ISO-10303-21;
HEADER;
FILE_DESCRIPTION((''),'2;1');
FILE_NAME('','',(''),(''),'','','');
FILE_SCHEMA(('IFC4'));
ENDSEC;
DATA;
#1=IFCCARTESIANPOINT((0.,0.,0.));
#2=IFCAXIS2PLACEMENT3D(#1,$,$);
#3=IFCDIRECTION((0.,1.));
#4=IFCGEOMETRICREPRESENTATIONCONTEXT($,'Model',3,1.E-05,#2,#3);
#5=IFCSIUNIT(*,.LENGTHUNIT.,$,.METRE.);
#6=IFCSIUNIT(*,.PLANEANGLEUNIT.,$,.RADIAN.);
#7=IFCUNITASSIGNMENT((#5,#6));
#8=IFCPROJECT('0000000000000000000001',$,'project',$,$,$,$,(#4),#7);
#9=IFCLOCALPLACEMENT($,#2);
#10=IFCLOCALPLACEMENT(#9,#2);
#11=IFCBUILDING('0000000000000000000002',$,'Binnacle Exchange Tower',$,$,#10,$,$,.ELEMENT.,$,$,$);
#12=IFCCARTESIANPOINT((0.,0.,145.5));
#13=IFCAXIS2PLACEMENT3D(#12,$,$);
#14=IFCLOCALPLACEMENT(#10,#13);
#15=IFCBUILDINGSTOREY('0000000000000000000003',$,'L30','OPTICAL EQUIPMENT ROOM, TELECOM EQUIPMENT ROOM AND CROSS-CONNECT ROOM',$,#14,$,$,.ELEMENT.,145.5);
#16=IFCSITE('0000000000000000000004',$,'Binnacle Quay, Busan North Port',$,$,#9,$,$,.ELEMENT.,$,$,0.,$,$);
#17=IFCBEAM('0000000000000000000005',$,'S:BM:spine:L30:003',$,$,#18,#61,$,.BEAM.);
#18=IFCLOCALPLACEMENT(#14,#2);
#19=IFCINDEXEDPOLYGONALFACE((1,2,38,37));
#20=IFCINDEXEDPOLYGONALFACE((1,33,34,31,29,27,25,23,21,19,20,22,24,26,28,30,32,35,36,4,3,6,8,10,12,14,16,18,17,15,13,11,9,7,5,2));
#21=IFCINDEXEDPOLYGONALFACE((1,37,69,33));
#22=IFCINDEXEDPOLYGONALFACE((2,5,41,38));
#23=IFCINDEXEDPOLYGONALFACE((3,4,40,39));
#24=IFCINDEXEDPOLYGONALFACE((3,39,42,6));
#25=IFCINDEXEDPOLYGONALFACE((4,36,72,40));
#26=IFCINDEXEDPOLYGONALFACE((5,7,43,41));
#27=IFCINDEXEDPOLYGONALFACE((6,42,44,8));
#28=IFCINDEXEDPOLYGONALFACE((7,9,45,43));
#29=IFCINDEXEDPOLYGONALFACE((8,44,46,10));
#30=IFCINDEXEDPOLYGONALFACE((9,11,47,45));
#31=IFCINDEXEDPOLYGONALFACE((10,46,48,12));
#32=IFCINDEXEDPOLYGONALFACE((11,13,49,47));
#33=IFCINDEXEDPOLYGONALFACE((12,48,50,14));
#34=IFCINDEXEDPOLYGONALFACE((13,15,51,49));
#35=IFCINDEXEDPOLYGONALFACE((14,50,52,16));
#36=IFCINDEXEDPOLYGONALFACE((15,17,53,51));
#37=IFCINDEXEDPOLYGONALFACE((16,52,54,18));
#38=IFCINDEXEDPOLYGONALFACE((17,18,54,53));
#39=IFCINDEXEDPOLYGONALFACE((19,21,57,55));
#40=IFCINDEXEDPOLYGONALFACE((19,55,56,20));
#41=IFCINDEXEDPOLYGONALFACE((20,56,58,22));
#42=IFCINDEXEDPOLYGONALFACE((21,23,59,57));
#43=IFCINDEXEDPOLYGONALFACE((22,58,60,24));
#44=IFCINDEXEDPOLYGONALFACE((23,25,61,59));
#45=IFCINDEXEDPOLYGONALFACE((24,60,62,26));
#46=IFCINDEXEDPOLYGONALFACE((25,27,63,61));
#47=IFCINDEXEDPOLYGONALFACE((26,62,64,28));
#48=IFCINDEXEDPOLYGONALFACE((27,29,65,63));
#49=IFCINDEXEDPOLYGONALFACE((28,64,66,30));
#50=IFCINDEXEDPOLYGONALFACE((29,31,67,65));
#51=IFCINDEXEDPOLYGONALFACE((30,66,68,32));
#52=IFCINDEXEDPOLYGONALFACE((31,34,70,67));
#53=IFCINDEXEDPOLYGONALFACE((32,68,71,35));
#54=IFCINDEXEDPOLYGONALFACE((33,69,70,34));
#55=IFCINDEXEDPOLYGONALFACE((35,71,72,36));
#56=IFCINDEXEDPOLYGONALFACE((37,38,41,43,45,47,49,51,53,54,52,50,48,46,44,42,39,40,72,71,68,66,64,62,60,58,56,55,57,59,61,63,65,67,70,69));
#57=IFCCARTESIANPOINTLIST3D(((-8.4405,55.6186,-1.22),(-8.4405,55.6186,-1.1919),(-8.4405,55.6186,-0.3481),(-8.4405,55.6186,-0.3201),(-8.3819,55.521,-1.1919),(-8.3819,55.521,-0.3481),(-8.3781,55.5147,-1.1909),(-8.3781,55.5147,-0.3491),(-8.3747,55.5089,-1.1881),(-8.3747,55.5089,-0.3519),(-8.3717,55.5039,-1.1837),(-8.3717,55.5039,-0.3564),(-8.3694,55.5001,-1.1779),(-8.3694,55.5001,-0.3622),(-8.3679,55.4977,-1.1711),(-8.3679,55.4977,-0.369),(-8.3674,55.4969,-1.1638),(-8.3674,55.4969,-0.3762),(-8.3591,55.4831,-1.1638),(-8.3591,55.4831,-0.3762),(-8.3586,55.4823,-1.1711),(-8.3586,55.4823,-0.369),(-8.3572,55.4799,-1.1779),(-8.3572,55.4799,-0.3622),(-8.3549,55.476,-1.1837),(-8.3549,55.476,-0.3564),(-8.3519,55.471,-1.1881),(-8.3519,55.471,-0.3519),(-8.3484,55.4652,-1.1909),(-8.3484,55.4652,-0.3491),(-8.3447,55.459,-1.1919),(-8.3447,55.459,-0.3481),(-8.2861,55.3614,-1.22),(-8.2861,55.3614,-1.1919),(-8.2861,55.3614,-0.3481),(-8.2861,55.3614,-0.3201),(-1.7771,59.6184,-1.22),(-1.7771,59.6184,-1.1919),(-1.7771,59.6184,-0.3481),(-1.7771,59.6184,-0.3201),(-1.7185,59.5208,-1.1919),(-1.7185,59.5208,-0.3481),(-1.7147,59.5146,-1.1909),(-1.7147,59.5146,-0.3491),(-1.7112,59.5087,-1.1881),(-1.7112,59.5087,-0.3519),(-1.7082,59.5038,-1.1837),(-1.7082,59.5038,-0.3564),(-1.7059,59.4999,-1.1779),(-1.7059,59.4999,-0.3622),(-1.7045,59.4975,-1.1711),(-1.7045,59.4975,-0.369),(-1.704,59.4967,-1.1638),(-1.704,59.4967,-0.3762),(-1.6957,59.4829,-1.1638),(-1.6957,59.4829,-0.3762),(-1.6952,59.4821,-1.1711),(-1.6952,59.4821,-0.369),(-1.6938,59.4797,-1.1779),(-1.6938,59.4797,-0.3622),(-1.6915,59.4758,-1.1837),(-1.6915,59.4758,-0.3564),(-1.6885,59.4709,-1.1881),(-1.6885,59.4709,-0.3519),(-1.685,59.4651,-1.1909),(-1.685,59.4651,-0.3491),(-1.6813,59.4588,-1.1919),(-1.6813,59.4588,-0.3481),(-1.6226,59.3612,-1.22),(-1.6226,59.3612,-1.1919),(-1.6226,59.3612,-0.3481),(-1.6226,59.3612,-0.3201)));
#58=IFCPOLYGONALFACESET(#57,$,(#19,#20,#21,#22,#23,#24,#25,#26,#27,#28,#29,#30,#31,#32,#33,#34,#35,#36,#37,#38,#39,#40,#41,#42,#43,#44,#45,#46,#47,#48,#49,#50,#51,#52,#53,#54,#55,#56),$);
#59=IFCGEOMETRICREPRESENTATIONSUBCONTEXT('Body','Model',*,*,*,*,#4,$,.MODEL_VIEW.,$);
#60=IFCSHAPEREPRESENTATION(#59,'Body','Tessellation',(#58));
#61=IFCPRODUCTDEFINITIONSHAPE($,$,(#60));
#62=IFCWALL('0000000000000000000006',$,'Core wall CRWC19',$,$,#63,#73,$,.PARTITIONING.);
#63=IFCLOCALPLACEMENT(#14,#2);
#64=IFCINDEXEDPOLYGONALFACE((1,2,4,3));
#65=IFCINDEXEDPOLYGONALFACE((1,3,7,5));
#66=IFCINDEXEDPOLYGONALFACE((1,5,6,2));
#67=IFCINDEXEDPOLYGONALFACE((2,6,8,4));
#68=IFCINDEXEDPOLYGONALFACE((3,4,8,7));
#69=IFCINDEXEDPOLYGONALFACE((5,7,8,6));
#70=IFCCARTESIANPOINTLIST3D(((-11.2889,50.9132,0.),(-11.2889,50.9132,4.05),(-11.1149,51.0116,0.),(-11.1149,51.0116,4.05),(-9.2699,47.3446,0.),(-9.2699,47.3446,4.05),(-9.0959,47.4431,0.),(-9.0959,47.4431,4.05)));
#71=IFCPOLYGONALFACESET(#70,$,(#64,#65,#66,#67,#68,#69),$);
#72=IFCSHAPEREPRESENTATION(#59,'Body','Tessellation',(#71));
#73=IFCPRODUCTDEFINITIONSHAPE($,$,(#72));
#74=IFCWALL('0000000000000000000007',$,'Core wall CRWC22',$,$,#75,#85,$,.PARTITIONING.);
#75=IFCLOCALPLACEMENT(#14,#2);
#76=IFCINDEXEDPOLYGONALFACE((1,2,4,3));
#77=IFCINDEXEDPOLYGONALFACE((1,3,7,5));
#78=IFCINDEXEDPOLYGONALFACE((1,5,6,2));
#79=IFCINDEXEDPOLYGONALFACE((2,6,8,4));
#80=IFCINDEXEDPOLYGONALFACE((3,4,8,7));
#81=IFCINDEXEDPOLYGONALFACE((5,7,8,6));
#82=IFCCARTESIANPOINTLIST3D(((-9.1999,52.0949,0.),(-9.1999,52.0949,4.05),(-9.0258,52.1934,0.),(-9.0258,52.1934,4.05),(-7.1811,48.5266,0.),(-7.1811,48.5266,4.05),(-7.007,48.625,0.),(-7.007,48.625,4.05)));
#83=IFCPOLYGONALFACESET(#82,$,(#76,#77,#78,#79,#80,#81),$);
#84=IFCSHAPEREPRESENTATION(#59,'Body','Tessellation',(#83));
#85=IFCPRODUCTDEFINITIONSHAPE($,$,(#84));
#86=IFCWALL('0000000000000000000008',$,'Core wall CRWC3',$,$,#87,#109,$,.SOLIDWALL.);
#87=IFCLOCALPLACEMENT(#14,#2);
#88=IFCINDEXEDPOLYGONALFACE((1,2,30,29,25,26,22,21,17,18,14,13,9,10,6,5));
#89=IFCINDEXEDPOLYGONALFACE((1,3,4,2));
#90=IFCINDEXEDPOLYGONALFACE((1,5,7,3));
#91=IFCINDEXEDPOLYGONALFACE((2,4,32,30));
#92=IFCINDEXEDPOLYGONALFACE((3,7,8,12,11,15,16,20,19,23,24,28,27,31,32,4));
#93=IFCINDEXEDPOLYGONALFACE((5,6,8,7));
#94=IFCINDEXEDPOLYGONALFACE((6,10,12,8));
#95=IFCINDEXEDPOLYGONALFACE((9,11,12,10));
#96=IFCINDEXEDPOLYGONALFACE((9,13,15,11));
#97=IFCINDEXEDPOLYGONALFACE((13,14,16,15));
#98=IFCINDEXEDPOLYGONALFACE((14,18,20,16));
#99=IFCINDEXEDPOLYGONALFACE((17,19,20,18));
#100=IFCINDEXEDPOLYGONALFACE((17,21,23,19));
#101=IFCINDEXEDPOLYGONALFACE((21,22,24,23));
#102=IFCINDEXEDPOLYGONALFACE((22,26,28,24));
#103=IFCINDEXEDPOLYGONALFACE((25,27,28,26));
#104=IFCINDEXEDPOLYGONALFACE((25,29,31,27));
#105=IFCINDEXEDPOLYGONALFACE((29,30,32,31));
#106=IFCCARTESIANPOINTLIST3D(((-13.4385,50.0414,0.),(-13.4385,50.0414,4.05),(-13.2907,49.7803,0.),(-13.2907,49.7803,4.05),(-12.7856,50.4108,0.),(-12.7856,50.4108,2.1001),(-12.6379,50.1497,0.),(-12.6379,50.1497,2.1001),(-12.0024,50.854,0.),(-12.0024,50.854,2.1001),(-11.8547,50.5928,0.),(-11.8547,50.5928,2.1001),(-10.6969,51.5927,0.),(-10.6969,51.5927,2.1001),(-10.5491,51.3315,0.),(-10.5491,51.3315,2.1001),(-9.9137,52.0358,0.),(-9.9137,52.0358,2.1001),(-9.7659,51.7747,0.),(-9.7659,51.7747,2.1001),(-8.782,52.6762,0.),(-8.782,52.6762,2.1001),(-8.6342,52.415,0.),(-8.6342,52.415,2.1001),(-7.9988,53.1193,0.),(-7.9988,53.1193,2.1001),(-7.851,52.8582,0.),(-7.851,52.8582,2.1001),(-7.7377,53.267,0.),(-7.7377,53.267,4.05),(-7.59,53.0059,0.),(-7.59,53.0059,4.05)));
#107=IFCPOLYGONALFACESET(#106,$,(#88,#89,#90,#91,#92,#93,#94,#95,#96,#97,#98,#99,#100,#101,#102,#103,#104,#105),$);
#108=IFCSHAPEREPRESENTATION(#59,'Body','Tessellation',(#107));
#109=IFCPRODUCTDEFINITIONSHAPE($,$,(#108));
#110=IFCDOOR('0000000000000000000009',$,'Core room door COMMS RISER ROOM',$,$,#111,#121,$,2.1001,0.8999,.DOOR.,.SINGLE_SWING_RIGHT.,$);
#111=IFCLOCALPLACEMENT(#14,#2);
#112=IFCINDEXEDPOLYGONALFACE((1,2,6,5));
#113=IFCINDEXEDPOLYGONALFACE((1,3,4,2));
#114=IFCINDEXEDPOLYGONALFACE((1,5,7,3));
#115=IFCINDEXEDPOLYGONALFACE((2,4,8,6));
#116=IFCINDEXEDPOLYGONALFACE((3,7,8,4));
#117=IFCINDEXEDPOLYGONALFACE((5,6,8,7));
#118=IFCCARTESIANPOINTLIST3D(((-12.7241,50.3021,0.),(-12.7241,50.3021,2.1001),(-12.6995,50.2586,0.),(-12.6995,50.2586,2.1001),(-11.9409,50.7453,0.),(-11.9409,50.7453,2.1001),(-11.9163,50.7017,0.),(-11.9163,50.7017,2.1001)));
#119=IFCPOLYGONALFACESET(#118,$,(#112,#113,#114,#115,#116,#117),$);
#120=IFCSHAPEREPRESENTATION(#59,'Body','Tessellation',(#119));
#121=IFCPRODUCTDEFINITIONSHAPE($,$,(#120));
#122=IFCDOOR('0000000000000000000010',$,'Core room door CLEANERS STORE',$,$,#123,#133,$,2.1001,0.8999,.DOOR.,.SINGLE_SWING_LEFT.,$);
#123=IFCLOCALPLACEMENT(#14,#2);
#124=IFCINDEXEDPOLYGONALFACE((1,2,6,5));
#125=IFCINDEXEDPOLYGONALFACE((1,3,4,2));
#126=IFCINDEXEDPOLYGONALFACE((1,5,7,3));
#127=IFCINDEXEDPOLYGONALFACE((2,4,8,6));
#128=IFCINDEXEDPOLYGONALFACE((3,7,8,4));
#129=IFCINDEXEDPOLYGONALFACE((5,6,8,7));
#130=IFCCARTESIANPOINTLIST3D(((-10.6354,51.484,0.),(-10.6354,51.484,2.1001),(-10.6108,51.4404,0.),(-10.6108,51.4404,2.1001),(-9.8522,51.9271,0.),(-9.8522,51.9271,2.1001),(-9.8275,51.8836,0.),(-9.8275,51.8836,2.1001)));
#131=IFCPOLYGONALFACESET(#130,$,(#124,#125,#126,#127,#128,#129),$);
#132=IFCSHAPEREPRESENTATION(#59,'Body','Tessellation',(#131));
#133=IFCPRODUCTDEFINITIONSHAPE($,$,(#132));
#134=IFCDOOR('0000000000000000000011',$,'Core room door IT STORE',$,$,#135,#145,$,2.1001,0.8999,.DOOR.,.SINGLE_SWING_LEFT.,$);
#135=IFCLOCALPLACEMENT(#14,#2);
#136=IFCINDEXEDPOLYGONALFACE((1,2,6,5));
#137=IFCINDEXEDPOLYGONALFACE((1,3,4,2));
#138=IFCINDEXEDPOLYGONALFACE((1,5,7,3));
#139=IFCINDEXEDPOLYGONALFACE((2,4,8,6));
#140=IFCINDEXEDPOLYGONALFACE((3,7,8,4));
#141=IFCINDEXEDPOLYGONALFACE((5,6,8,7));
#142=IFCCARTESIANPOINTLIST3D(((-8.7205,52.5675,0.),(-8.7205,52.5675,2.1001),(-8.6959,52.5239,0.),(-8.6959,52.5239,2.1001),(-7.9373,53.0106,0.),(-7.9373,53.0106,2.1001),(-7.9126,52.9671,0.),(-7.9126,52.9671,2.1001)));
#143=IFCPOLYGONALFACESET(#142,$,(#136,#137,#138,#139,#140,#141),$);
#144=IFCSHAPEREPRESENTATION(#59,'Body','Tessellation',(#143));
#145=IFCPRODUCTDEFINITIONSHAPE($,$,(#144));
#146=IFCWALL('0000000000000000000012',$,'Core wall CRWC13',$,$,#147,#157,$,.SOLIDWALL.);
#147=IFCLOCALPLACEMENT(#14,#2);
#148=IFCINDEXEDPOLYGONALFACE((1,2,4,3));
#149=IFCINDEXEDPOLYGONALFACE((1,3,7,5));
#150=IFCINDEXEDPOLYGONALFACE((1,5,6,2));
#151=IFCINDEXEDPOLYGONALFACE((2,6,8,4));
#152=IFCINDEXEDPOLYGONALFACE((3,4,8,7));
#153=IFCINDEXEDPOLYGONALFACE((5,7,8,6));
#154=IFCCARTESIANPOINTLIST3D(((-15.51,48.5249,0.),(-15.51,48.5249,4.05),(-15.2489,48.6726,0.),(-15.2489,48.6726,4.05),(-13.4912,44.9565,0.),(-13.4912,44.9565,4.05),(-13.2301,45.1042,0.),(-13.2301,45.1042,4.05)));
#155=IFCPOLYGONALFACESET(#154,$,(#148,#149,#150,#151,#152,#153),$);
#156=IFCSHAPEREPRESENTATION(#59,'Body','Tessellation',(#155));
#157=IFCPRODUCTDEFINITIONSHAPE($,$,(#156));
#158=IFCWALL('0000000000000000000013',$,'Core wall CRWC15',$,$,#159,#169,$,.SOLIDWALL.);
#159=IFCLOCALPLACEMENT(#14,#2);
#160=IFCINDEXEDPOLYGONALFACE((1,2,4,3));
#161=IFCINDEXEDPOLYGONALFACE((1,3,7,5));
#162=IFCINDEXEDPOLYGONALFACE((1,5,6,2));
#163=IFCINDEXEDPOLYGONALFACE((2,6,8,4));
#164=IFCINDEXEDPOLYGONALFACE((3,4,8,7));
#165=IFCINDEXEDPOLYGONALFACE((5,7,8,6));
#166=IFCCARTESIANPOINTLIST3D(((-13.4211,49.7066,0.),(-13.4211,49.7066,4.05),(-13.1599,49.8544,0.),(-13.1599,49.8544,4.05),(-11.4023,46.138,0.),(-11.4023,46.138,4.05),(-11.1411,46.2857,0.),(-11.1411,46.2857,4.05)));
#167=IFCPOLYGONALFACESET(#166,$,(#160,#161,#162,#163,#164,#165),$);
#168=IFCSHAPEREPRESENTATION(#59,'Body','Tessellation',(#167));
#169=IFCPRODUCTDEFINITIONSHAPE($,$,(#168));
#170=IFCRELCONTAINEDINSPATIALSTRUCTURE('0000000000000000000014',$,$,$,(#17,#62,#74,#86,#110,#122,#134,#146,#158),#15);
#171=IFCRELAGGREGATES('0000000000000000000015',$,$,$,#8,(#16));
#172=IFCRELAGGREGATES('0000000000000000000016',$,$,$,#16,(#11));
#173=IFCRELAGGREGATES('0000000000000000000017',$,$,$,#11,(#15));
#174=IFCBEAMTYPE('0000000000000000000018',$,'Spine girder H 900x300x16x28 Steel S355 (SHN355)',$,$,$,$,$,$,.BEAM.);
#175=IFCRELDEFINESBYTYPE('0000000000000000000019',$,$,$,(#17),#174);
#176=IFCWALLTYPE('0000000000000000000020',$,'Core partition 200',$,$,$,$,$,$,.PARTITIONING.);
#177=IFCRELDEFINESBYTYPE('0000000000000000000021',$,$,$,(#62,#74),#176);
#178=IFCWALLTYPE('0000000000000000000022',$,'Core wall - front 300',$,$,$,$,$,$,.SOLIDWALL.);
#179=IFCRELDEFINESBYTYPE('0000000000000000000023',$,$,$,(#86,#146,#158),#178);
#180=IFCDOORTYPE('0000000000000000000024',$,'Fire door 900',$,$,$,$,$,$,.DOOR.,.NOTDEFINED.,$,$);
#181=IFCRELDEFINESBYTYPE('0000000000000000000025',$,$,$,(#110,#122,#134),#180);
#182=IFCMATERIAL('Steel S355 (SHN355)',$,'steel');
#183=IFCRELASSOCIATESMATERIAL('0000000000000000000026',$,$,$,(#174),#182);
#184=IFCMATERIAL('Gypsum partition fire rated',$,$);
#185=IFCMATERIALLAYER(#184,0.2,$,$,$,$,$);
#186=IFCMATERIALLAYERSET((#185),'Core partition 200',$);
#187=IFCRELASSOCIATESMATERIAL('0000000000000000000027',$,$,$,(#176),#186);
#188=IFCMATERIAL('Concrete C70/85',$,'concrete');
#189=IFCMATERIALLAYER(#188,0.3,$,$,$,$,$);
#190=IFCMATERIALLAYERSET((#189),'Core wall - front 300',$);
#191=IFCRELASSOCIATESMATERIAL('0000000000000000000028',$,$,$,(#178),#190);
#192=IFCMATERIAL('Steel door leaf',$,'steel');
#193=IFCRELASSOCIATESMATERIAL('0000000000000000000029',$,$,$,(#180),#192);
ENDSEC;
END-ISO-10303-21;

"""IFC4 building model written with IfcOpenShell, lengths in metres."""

from ifc_helpers import new_model, si_unit, direction, frame, frame_2d, origin, origin_2d, place, context, subcontext, project, spatial, rectangle, i_section, extrude, material, layer, layer_set, material_profile, profile_set, type_object, element, fill, save


model = new_model("IFC4")

# Units and contexts
model_context = context("Model", 3, precision=1e-05, world=origin(), true_north=direction((0.0, 1.0)))
body_context = subcontext(model_context, "Body", "Model", "MODEL_VIEW")
ifc_project = project(units=[si_unit("LENGTHUNIT", "METRE"), si_unit("PLANEANGLEUNIT", "RADIAN")], contexts=[model_context])

# Site, building, storey
site_placement = place(None, origin())
site = spatial("IfcSite", under=ifc_project, at=site_placement, Name="Binnacle Quay, Busan North Port", CompositionType="ELEMENT", RefElevation=0.0)
building_placement = place(site_placement, origin())
building = spatial("IfcBuilding", under=site, at=building_placement, Name="Binnacle Exchange Tower", CompositionType="ELEMENT")
storey_placement = place(building_placement, frame((0.0, 0.0, 145.5)))
storey = spatial("IfcBuildingStorey", under=building, at=storey_placement, Name="L30", Description="OPTICAL EQUIPMENT ROOM, TELECOM EQUIPMENT ROOM AND CROSS-CONNECT ROOM", CompositionType="ELEMENT", Elevation=145.5)

# Shared definitions
ifc_material_1 = material(Name="Concrete C70/85", Category="concrete")

# Beam
ifc_material_2 = material(Name="Steel S355 (SHN355)", Category="steel")
ifc_material_profile_1 = material_profile(ifc_material_2, i_section(OverallWidth=0.3, OverallDepth=0.8999, WebThickness=0.0161, FlangeThickness=0.0281, FilletRadius=0.0281, at=origin_2d()), Name="H 900x300x16x28")
ifc_profile_set_1 = profile_set([ifc_material_profile_1], Name="Steel S355 (SHN355)")
beam_type_1 = type_object("IfcBeamType", Name="Spine girder H 900x300x16x28 Steel S355 (SHN355)", PredefinedType="BEAM", material=ifc_profile_set_1)
beam_1_placement = place(storey_placement, frame((-8.3633, 55.49, -0.77), z_axis=(0.857393, 0.514662, 0.0), x_axis=(-0.514662, 0.857393, 0.0)))
element("IfcBeam", 1, at=beam_1_placement, inside=storey, type_object=beam_type_1, Name="S:BM:spine:L30:003", PredefinedType="BEAM", context=body_context, shape_type="SweptSolid", body=[
    extrude(i_section(OverallWidth=0.3, OverallDepth=0.8999, WebThickness=0.0161, FlangeThickness=0.0281, FilletRadius=0.0281, at=origin_2d()), origin(), (0.0, 0.0, 1.0), 7.7717),
])

# Walls
ifc_material_3 = material(Name="Gypsum partition fire rated")
ifc_layer_1 = layer(ifc_material_3, 0.2)
ifc_layer_set_1 = layer_set([ifc_layer_1], Name="Core partition 200")
wall_type_1 = type_object("IfcWallType", Name="Core partition 200", PredefinedType="PARTITIONING", material=ifc_layer_set_1)
wall_1_placement = place(storey_placement, frame((-11.2019, 50.9624, 0.0), z_axis=(0.0, 0.0, 1.0), x_axis=(0.492428, -0.870353, 0.0)))
element("IfcWall", 2, at=wall_1_placement, inside=storey, type_object=wall_type_1, Name="Core wall CRWC19", PredefinedType="PARTITIONING", context=body_context, shape_type="SweptSolid", body=[
    extrude(rectangle(XDim=4.1001, YDim=0.2, at=frame_2d((2.05, 0.0))), origin(), (0.0, 0.0, 1.0), 4.05),
])
wall_2_placement = place(storey_placement, frame((-9.1128, 52.144, 0.0), z_axis=(0.0, 0.0, 1.0), x_axis=(0.492408, -0.870364, 0.0)))
element("IfcWall", 3, at=wall_2_placement, inside=storey, type_object=wall_type_1, Name="Core wall CRWC22", PredefinedType="PARTITIONING", context=body_context, shape_type="SweptSolid", body=[
    extrude(rectangle(XDim=4.0999, YDim=0.2, at=frame_2d((2.0498, 0.0))), origin(), (0.0, 0.0, 1.0), 4.05),
])

# Wall, openings, doors
ifc_layer_2 = layer(ifc_material_1, 0.3)
ifc_layer_set_2 = layer_set([ifc_layer_2], Name="Core wall - front 300")
wall_type_2 = type_object("IfcWallType", Name="Core wall - front 300", PredefinedType="SOLIDWALL", material=ifc_layer_set_2)
wall_3_placement = place(storey_placement, frame((-13.3645, 49.9109, 0.0), z_axis=(0.0, 0.0, 1.0), x_axis=(0.870336, 0.492458, 0.0)))
wall_3 = element("IfcWall", 4, at=wall_3_placement, inside=storey, type_object=wall_type_2, Name="Core wall CRWC3", PredefinedType="SOLIDWALL", context=body_context, shape_type="SweptSolid", body=[
    extrude(rectangle(XDim=6.55, YDim=0.3, at=frame_2d((3.2749, 0.0))), origin(), (0.0, 0.0, 1.0), 4.05),
])
opening_1_placement = place(wall_3_placement, frame((0.75, 0.0, 0.0)))
opening_1 = element("IfcOpeningElement", 5, at=opening_1_placement, cuts=wall_3, PredefinedType="OPENING", context=body_context, shape_type="SweptSolid", body=[
    extrude(rectangle(XDim=0.8999, YDim=2.1001, at=frame_2d((0.45, 1.05))), frame((0.0, 0.1599, 0.0), z_axis=(0.0, -1.0, 0.0), x_axis=(1.0, 0.0, 0.0)), (0.0, 0.0, 1.0), 0.3201),
])
opening_2_placement = place(wall_3_placement, frame((3.1499, 0.0, 0.0)))
opening_2 = element("IfcOpeningElement", 6, at=opening_2_placement, cuts=wall_3, PredefinedType="OPENING", context=body_context, shape_type="SweptSolid", body=[
    extrude(rectangle(XDim=0.8999, YDim=2.1001, at=frame_2d((0.45, 1.05))), frame((0.0, 0.1599, 0.0), z_axis=(0.0, -1.0, 0.0), x_axis=(1.0, 0.0, 0.0)), (0.0, 0.0, 1.0), 0.3201),
])
opening_3_placement = place(wall_3_placement, frame((5.3501, 0.0, 0.0)))
opening_3 = element("IfcOpeningElement", 7, at=opening_3_placement, cuts=wall_3, PredefinedType="OPENING", context=body_context, shape_type="SweptSolid", body=[
    extrude(rectangle(XDim=0.8999, YDim=2.1001, at=frame_2d((0.45, 1.05))), frame((0.0, 0.1599, 0.0), z_axis=(0.0, -1.0, 0.0), x_axis=(1.0, 0.0, 0.0)), (0.0, 0.0, 1.0), 0.3201),
])
ifc_material_4 = material(Name="Steel door leaf", Category="steel")
door_type_1 = type_object("IfcDoorType", Name="Fire door 900", OperationType="NOTDEFINED", PredefinedType="DOOR", material=ifc_material_4)
door_1_placement = place(opening_1_placement, frame((0.8999, 0.0, 0.0), z_axis=(0.0, 0.0, 1.0), x_axis=(-1.0, 0.0, 0.0)))
door_1 = element("IfcDoor", 8, at=door_1_placement, inside=storey, type_object=door_type_1, Name="Core room door COMMS RISER ROOM", OperationType="SINGLE_SWING_RIGHT", OverallHeight=2.1001, OverallWidth=0.8999, PredefinedType="DOOR", context=body_context, shape_type="SweptSolid", body=[
    extrude(rectangle(XDim=0.8999, YDim=2.1001, at=frame_2d((0.45, 1.05))), frame((0.0, 0.0249, 0.0), z_axis=(0.0, -1.0, 0.0), x_axis=(1.0, 0.0, 0.0)), (0.0, 0.0, 1.0), 0.05),
])
fill(opening_1, door_1)
door_2_placement = place(opening_2_placement, frame((0.8999, 0.0, 0.0), z_axis=(0.0, 0.0, 1.0), x_axis=(-1.0, 0.0, 0.0)))
door_2 = element("IfcDoor", 9, at=door_2_placement, inside=storey, type_object=door_type_1, Name="Core room door CLEANERS STORE", OperationType="SINGLE_SWING_LEFT", OverallHeight=2.1001, OverallWidth=0.8999, PredefinedType="DOOR", context=body_context, shape_type="SweptSolid", body=[
    extrude(rectangle(XDim=0.8999, YDim=2.1001, at=frame_2d((0.45, 1.05))), frame((0.0, 0.0249, 0.0), z_axis=(0.0, -1.0, 0.0), x_axis=(1.0, 0.0, 0.0)), (0.0, 0.0, 1.0), 0.05),
])
fill(opening_2, door_2)
door_3_placement = place(opening_3_placement, frame((0.8999, 0.0, 0.0), z_axis=(0.0, 0.0, 1.0), x_axis=(-1.0, 0.0, 0.0)))
door_3 = element("IfcDoor", 10, at=door_3_placement, inside=storey, type_object=door_type_1, Name="Core room door IT STORE", OperationType="SINGLE_SWING_LEFT", OverallHeight=2.1001, OverallWidth=0.8999, PredefinedType="DOOR", context=body_context, shape_type="SweptSolid", body=[
    extrude(rectangle(XDim=0.8999, YDim=2.1001, at=frame_2d((0.45, 1.05))), frame((0.0, 0.0249, 0.0), z_axis=(0.0, -1.0, 0.0), x_axis=(1.0, 0.0, 0.0)), (0.0, 0.0, 1.0), 0.05),
])
fill(opening_3, door_3)

# Walls
wall_4_placement = place(storey_placement, frame((-15.3794, 48.5986, 0.0), z_axis=(0.0, 0.0, 1.0), x_axis=(0.492408, -0.870364, 0.0)))
element("IfcWall", 11, at=wall_4_placement, inside=storey, type_object=wall_type_2, Name="Core wall CRWC13", PredefinedType="SOLIDWALL", context=body_context, shape_type="SweptSolid", body=[
    extrude(rectangle(XDim=4.0999, YDim=0.3, at=frame_2d((2.0498, 0.0))), origin(), (0.0, 0.0, 1.0), 4.05),
])
wall_5_placement = place(storey_placement, frame((-13.2905, 49.7805, 0.0), z_axis=(0.0, 0.0, 1.0), x_axis=(0.492383, -0.870379, 0.0)))
element("IfcWall", 12, at=wall_5_placement, inside=storey, type_object=wall_type_2, Name="Core wall CRWC15", PredefinedType="SOLIDWALL", context=body_context, shape_type="SweptSolid", body=[
    extrude(rectangle(XDim=4.1001, YDim=0.3, at=frame_2d((2.05, 0.0))), origin(), (0.0, 0.0, 1.0), 4.05),
])

save(model, "model.ifc")
